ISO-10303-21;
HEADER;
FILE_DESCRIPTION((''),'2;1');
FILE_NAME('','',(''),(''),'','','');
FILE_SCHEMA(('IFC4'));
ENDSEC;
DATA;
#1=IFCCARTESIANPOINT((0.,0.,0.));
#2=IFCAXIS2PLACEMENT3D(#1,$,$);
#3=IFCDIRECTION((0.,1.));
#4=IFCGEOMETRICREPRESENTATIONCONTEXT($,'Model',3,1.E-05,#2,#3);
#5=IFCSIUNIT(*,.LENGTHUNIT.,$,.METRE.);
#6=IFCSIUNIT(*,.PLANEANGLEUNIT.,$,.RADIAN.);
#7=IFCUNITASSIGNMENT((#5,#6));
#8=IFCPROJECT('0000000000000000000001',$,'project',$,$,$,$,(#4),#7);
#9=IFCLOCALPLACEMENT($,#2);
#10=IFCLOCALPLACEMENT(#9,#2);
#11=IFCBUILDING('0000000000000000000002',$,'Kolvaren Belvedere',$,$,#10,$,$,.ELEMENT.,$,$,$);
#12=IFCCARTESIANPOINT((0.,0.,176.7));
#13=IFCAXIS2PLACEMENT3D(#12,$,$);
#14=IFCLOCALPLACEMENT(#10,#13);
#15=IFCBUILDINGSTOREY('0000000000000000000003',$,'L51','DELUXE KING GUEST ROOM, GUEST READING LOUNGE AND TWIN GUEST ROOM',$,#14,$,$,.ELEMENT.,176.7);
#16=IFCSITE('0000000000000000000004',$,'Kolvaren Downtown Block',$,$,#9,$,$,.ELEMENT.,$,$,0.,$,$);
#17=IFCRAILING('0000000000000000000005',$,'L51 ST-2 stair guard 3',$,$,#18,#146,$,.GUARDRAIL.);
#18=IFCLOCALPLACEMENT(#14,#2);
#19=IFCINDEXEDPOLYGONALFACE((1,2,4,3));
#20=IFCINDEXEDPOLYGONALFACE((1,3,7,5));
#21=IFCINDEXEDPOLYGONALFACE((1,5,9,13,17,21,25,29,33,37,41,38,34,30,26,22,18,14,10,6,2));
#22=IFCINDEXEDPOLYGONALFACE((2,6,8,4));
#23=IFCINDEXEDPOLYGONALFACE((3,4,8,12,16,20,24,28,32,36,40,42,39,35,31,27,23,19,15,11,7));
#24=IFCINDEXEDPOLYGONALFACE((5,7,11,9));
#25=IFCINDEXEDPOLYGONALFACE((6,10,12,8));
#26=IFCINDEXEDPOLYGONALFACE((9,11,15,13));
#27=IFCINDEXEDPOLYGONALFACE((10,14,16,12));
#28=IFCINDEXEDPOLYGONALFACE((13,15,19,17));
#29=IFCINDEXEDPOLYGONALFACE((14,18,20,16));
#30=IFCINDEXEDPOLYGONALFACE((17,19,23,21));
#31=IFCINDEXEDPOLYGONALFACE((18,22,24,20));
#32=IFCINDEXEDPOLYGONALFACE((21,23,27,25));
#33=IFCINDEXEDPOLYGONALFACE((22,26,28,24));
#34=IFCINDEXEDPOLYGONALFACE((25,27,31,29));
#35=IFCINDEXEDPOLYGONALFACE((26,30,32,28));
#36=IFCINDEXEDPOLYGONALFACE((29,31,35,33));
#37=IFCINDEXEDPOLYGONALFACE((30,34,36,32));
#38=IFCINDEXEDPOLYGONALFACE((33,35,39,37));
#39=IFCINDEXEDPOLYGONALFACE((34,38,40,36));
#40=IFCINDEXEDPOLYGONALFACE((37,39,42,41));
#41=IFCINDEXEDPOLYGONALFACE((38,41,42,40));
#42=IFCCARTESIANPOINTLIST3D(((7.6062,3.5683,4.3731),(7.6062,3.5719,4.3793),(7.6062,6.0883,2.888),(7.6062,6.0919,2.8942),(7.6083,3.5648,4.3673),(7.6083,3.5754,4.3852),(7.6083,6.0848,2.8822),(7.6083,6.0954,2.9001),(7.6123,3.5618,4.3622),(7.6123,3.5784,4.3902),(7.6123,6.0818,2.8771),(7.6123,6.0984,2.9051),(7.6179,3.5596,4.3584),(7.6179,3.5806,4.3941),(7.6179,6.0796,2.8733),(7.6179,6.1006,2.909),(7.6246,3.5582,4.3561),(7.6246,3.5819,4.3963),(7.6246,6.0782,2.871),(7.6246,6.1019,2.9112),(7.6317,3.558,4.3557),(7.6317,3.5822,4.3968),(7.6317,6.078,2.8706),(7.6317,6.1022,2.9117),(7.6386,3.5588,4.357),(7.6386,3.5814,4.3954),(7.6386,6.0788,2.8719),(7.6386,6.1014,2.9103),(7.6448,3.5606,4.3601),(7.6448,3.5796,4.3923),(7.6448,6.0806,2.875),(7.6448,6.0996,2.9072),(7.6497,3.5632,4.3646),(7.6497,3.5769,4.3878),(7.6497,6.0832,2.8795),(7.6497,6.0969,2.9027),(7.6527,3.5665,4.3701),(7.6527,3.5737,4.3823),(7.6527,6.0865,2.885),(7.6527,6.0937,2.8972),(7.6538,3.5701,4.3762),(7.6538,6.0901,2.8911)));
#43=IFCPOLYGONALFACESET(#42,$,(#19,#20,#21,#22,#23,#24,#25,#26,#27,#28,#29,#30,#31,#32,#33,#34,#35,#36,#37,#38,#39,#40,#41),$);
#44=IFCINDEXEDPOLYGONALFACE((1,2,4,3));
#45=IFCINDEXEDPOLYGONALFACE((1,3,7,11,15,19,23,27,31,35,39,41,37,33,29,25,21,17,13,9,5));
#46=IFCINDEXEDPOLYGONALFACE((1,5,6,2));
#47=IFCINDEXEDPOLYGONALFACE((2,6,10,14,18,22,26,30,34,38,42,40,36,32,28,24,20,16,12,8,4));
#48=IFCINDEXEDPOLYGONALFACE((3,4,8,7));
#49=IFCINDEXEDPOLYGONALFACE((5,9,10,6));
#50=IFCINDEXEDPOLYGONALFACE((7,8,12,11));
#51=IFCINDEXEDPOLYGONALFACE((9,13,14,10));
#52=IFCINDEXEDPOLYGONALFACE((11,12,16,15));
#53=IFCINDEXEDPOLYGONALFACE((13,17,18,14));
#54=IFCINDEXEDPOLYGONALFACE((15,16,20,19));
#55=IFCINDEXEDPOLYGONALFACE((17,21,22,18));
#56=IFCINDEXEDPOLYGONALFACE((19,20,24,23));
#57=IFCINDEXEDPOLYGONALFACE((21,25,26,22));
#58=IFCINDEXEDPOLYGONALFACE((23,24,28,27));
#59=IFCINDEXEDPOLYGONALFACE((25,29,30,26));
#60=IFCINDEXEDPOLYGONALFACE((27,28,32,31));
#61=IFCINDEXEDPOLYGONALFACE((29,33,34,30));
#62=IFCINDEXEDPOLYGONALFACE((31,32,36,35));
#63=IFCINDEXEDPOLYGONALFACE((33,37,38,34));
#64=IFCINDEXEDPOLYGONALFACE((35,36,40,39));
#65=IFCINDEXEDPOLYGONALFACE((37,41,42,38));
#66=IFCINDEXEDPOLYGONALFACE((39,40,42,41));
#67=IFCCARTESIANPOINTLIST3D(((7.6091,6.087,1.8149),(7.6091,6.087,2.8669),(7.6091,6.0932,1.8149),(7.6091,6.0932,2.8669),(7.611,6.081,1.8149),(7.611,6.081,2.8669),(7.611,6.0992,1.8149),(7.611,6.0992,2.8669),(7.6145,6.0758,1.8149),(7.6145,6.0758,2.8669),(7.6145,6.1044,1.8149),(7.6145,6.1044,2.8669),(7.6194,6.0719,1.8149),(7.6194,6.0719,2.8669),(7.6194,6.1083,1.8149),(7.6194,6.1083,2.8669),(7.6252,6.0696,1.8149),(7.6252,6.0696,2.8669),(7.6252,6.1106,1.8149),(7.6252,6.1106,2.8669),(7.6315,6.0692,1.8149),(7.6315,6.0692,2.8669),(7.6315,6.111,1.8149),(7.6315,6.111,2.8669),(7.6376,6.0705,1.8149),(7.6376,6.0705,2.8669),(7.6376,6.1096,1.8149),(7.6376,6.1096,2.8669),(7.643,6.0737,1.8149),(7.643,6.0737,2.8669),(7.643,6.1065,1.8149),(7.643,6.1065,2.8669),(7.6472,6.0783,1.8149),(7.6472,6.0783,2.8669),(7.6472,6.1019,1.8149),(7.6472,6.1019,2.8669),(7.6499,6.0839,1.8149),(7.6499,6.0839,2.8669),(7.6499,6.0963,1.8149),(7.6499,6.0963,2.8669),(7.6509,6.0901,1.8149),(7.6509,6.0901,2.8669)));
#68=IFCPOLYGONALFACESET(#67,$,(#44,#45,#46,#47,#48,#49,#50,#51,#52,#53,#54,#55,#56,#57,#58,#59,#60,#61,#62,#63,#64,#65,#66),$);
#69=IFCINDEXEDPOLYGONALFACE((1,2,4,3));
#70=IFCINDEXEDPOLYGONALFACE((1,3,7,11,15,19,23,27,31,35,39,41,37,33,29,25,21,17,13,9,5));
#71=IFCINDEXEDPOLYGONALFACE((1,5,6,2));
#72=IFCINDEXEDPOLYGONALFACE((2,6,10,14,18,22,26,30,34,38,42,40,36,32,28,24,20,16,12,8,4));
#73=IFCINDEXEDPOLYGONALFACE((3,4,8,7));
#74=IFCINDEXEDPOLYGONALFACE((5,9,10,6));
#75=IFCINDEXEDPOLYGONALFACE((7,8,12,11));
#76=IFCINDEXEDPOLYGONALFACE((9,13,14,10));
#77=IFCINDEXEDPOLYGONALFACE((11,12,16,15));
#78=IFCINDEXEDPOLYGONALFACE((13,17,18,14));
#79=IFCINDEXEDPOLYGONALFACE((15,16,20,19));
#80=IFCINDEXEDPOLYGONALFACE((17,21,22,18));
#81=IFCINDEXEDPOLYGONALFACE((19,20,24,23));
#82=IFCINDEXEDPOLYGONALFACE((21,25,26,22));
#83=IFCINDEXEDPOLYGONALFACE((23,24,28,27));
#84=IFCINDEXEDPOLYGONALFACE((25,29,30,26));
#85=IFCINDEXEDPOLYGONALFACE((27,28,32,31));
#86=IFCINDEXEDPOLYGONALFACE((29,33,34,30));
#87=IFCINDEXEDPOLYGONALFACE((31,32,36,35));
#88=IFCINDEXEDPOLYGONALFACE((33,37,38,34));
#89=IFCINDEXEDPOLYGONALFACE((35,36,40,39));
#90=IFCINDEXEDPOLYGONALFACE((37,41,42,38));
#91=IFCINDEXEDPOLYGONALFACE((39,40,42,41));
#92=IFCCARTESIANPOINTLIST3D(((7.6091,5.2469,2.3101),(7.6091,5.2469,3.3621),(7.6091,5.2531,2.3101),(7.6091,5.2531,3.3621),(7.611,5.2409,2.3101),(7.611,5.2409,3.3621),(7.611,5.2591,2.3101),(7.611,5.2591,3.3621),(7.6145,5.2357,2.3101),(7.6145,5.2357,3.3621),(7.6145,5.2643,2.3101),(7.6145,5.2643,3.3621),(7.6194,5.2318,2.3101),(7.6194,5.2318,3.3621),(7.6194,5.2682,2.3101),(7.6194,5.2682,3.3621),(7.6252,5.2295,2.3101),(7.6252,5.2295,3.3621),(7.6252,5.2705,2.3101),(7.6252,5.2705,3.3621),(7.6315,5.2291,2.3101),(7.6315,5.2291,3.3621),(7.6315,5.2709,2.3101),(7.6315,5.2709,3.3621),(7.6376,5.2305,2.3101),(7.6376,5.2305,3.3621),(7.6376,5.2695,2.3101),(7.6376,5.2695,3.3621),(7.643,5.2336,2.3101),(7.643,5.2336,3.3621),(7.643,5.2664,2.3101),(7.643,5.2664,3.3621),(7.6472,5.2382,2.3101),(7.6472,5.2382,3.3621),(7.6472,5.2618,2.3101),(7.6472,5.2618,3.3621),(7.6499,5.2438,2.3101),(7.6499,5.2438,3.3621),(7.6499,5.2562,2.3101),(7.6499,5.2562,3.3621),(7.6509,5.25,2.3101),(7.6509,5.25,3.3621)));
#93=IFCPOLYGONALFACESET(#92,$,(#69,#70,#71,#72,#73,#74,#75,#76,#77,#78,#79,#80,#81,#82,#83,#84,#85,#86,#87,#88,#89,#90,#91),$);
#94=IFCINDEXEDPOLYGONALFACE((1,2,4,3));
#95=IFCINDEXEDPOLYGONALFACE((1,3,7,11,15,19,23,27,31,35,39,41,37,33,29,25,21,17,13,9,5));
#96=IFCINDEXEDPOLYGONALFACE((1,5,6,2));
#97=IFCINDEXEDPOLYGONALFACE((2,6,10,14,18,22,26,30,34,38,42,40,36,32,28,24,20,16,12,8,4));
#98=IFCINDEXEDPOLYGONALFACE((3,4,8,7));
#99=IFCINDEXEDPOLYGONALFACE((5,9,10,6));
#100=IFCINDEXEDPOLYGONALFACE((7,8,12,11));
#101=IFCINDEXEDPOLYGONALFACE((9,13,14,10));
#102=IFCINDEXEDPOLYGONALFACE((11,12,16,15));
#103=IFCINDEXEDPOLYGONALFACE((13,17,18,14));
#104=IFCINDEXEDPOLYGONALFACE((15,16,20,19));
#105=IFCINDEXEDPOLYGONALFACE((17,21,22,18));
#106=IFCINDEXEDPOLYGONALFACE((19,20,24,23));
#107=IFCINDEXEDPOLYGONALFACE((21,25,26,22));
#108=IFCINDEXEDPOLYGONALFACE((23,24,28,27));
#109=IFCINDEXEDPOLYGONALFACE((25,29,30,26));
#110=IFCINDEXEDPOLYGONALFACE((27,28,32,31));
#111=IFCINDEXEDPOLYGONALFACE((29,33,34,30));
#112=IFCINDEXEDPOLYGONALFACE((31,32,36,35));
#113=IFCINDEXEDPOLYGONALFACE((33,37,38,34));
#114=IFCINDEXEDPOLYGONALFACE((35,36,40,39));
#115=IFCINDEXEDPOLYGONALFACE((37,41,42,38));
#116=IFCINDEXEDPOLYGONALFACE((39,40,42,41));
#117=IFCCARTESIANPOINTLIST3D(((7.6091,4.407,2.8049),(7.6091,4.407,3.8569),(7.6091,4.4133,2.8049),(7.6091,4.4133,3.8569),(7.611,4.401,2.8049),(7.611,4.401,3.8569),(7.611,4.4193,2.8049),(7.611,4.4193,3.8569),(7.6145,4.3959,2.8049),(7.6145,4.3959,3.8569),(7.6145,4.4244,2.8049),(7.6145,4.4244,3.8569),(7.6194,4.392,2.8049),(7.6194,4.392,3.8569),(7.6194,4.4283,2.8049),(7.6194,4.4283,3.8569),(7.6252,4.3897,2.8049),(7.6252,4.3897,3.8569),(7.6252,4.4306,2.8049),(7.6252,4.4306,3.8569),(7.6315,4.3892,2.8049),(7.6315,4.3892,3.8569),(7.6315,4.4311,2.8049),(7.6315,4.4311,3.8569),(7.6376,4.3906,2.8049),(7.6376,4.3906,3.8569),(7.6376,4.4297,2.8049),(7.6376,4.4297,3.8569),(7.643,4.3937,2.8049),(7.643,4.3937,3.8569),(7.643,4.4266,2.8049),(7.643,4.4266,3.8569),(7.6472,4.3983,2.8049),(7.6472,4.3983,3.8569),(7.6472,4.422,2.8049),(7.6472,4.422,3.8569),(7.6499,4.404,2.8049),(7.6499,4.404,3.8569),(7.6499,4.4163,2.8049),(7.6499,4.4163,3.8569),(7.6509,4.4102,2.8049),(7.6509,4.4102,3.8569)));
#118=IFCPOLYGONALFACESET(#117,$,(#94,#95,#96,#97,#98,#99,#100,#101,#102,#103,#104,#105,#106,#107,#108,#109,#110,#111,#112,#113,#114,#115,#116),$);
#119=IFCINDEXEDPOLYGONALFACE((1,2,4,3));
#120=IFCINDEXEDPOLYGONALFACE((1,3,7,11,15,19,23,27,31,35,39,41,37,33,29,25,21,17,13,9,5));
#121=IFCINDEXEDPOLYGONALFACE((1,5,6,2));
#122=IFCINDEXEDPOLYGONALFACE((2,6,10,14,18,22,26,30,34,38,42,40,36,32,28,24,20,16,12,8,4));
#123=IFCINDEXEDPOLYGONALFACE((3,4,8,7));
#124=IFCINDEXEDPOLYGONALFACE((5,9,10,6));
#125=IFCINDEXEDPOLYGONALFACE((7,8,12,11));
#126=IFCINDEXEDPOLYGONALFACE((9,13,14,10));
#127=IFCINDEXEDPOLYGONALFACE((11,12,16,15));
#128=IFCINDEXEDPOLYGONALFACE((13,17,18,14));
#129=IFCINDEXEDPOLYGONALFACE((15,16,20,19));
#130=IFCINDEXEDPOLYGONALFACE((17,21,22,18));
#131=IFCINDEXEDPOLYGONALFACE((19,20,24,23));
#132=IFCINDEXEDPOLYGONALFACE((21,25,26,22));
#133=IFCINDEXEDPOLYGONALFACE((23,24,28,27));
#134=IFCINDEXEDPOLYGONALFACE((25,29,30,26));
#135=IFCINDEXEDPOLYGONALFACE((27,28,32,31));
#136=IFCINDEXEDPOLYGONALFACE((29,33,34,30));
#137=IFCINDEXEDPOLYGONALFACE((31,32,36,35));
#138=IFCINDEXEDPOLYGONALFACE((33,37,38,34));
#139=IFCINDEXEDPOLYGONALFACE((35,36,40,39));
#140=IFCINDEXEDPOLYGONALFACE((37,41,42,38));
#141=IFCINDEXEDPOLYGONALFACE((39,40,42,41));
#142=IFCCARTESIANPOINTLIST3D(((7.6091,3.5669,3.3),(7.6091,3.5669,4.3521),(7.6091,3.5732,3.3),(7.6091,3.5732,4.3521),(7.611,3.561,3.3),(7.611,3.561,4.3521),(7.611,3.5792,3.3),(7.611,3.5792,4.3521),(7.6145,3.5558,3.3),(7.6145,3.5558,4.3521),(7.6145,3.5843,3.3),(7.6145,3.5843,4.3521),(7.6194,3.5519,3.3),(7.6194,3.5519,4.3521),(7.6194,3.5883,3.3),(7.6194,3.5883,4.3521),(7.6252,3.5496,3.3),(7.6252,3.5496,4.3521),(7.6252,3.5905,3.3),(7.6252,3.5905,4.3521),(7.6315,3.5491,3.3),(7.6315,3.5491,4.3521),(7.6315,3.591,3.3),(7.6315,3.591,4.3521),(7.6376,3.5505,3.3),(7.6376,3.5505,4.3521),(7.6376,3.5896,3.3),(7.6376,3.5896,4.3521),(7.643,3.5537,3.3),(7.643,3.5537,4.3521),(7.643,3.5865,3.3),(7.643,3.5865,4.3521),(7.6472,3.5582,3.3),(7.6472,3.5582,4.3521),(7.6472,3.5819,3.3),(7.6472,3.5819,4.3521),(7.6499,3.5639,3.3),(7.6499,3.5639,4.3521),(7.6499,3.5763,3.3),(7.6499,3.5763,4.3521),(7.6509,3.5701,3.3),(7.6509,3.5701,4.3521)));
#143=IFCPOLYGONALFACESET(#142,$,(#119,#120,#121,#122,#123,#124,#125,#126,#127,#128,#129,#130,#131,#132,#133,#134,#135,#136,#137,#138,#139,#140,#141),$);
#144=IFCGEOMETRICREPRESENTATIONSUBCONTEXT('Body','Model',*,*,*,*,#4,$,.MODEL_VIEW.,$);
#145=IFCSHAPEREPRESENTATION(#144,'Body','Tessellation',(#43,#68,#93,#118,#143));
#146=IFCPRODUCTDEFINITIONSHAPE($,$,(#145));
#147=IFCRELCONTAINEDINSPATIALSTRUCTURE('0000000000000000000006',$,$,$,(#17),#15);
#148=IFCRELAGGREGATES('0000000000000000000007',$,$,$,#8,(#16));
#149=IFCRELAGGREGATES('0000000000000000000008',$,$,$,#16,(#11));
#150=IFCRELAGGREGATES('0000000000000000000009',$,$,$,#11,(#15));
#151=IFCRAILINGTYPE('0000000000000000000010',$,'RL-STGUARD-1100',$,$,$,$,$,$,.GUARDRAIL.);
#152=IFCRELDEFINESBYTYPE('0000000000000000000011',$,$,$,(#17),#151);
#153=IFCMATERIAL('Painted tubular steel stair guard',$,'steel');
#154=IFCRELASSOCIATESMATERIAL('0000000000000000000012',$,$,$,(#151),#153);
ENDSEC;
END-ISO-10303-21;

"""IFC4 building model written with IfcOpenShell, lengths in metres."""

from ifc_helpers import new_model, si_unit, direction, frame, origin, origin_2d, place, context, subcontext, project, spatial, circle, extrude, material, type_object, element, save


model = new_model("IFC4")

# Units and contexts
model_context = context("Model", 3, precision=1e-05, world=origin(), true_north=direction((0.0, 1.0)))
body_context = subcontext(model_context, "Body", "Model", "MODEL_VIEW")
ifc_project = project(units=[si_unit("LENGTHUNIT", "METRE"), si_unit("PLANEANGLEUNIT", "RADIAN")], contexts=[model_context])

# Site, building, storey
site_placement = place(None, origin())
site = spatial("IfcSite", under=ifc_project, at=site_placement, Name="Kolvaren Downtown Block", CompositionType="ELEMENT", RefElevation=0.0)
building_placement = place(site_placement, origin())
building = spatial("IfcBuilding", under=site, at=building_placement, Name="Kolvaren Belvedere", CompositionType="ELEMENT")
storey_placement = place(building_placement, frame((0.0, 0.0, 176.7)))
storey = spatial("IfcBuildingStorey", under=building, at=storey_placement, Name="L51", Description="DELUXE KING GUEST ROOM, GUEST READING LOUNGE AND TWIN GUEST ROOM", CompositionType="ELEMENT", Elevation=176.7)

# Railing
ifc_material_1 = material(Name="Painted tubular steel stair guard", Category="steel")
railing_type_1 = type_object("IfcRailingType", Name="RL-STGUARD-1100", PredefinedType="GUARDRAIL", material=ifc_material_1)
railing_1_placement = place(storey_placement, frame((7.6299, 6.0901, 1.8149)))
element("IfcRailing", 1, at=railing_1_placement, inside=storey, type_object=railing_type_1, Name="L51 ST-2 stair guard 3", PredefinedType="GUARDRAIL", context=body_context, shape_type="SweptSolid", body=[
    extrude(circle(Radius=0.0239, at=origin_2d()), frame((0.0, 0.0, 1.0762), z_axis=(0.0, -0.861524, 0.507717), x_axis=(1.0, 0.0, 0.0)), (0.0, 0.0, 1.0), 2.925),
    extrude(circle(Radius=0.021, at=origin_2d()), origin(), (0.0, 0.0, 1.0), 1.052),
    extrude(circle(Radius=0.021, at=origin_2d()), frame((0.0, -0.8401, 0.4951)), (0.0, 0.0, 1.0), 1.052),
    extrude(circle(Radius=0.021, at=origin_2d()), frame((0.0, -1.6799, 0.99)), (0.0, 0.0, 1.0), 1.052),
    extrude(circle(Radius=0.021, at=origin_2d()), frame((0.0, -2.52, 1.4851)), (0.0, 0.0, 1.0), 1.052),
])

save(model, "model.ifc")
